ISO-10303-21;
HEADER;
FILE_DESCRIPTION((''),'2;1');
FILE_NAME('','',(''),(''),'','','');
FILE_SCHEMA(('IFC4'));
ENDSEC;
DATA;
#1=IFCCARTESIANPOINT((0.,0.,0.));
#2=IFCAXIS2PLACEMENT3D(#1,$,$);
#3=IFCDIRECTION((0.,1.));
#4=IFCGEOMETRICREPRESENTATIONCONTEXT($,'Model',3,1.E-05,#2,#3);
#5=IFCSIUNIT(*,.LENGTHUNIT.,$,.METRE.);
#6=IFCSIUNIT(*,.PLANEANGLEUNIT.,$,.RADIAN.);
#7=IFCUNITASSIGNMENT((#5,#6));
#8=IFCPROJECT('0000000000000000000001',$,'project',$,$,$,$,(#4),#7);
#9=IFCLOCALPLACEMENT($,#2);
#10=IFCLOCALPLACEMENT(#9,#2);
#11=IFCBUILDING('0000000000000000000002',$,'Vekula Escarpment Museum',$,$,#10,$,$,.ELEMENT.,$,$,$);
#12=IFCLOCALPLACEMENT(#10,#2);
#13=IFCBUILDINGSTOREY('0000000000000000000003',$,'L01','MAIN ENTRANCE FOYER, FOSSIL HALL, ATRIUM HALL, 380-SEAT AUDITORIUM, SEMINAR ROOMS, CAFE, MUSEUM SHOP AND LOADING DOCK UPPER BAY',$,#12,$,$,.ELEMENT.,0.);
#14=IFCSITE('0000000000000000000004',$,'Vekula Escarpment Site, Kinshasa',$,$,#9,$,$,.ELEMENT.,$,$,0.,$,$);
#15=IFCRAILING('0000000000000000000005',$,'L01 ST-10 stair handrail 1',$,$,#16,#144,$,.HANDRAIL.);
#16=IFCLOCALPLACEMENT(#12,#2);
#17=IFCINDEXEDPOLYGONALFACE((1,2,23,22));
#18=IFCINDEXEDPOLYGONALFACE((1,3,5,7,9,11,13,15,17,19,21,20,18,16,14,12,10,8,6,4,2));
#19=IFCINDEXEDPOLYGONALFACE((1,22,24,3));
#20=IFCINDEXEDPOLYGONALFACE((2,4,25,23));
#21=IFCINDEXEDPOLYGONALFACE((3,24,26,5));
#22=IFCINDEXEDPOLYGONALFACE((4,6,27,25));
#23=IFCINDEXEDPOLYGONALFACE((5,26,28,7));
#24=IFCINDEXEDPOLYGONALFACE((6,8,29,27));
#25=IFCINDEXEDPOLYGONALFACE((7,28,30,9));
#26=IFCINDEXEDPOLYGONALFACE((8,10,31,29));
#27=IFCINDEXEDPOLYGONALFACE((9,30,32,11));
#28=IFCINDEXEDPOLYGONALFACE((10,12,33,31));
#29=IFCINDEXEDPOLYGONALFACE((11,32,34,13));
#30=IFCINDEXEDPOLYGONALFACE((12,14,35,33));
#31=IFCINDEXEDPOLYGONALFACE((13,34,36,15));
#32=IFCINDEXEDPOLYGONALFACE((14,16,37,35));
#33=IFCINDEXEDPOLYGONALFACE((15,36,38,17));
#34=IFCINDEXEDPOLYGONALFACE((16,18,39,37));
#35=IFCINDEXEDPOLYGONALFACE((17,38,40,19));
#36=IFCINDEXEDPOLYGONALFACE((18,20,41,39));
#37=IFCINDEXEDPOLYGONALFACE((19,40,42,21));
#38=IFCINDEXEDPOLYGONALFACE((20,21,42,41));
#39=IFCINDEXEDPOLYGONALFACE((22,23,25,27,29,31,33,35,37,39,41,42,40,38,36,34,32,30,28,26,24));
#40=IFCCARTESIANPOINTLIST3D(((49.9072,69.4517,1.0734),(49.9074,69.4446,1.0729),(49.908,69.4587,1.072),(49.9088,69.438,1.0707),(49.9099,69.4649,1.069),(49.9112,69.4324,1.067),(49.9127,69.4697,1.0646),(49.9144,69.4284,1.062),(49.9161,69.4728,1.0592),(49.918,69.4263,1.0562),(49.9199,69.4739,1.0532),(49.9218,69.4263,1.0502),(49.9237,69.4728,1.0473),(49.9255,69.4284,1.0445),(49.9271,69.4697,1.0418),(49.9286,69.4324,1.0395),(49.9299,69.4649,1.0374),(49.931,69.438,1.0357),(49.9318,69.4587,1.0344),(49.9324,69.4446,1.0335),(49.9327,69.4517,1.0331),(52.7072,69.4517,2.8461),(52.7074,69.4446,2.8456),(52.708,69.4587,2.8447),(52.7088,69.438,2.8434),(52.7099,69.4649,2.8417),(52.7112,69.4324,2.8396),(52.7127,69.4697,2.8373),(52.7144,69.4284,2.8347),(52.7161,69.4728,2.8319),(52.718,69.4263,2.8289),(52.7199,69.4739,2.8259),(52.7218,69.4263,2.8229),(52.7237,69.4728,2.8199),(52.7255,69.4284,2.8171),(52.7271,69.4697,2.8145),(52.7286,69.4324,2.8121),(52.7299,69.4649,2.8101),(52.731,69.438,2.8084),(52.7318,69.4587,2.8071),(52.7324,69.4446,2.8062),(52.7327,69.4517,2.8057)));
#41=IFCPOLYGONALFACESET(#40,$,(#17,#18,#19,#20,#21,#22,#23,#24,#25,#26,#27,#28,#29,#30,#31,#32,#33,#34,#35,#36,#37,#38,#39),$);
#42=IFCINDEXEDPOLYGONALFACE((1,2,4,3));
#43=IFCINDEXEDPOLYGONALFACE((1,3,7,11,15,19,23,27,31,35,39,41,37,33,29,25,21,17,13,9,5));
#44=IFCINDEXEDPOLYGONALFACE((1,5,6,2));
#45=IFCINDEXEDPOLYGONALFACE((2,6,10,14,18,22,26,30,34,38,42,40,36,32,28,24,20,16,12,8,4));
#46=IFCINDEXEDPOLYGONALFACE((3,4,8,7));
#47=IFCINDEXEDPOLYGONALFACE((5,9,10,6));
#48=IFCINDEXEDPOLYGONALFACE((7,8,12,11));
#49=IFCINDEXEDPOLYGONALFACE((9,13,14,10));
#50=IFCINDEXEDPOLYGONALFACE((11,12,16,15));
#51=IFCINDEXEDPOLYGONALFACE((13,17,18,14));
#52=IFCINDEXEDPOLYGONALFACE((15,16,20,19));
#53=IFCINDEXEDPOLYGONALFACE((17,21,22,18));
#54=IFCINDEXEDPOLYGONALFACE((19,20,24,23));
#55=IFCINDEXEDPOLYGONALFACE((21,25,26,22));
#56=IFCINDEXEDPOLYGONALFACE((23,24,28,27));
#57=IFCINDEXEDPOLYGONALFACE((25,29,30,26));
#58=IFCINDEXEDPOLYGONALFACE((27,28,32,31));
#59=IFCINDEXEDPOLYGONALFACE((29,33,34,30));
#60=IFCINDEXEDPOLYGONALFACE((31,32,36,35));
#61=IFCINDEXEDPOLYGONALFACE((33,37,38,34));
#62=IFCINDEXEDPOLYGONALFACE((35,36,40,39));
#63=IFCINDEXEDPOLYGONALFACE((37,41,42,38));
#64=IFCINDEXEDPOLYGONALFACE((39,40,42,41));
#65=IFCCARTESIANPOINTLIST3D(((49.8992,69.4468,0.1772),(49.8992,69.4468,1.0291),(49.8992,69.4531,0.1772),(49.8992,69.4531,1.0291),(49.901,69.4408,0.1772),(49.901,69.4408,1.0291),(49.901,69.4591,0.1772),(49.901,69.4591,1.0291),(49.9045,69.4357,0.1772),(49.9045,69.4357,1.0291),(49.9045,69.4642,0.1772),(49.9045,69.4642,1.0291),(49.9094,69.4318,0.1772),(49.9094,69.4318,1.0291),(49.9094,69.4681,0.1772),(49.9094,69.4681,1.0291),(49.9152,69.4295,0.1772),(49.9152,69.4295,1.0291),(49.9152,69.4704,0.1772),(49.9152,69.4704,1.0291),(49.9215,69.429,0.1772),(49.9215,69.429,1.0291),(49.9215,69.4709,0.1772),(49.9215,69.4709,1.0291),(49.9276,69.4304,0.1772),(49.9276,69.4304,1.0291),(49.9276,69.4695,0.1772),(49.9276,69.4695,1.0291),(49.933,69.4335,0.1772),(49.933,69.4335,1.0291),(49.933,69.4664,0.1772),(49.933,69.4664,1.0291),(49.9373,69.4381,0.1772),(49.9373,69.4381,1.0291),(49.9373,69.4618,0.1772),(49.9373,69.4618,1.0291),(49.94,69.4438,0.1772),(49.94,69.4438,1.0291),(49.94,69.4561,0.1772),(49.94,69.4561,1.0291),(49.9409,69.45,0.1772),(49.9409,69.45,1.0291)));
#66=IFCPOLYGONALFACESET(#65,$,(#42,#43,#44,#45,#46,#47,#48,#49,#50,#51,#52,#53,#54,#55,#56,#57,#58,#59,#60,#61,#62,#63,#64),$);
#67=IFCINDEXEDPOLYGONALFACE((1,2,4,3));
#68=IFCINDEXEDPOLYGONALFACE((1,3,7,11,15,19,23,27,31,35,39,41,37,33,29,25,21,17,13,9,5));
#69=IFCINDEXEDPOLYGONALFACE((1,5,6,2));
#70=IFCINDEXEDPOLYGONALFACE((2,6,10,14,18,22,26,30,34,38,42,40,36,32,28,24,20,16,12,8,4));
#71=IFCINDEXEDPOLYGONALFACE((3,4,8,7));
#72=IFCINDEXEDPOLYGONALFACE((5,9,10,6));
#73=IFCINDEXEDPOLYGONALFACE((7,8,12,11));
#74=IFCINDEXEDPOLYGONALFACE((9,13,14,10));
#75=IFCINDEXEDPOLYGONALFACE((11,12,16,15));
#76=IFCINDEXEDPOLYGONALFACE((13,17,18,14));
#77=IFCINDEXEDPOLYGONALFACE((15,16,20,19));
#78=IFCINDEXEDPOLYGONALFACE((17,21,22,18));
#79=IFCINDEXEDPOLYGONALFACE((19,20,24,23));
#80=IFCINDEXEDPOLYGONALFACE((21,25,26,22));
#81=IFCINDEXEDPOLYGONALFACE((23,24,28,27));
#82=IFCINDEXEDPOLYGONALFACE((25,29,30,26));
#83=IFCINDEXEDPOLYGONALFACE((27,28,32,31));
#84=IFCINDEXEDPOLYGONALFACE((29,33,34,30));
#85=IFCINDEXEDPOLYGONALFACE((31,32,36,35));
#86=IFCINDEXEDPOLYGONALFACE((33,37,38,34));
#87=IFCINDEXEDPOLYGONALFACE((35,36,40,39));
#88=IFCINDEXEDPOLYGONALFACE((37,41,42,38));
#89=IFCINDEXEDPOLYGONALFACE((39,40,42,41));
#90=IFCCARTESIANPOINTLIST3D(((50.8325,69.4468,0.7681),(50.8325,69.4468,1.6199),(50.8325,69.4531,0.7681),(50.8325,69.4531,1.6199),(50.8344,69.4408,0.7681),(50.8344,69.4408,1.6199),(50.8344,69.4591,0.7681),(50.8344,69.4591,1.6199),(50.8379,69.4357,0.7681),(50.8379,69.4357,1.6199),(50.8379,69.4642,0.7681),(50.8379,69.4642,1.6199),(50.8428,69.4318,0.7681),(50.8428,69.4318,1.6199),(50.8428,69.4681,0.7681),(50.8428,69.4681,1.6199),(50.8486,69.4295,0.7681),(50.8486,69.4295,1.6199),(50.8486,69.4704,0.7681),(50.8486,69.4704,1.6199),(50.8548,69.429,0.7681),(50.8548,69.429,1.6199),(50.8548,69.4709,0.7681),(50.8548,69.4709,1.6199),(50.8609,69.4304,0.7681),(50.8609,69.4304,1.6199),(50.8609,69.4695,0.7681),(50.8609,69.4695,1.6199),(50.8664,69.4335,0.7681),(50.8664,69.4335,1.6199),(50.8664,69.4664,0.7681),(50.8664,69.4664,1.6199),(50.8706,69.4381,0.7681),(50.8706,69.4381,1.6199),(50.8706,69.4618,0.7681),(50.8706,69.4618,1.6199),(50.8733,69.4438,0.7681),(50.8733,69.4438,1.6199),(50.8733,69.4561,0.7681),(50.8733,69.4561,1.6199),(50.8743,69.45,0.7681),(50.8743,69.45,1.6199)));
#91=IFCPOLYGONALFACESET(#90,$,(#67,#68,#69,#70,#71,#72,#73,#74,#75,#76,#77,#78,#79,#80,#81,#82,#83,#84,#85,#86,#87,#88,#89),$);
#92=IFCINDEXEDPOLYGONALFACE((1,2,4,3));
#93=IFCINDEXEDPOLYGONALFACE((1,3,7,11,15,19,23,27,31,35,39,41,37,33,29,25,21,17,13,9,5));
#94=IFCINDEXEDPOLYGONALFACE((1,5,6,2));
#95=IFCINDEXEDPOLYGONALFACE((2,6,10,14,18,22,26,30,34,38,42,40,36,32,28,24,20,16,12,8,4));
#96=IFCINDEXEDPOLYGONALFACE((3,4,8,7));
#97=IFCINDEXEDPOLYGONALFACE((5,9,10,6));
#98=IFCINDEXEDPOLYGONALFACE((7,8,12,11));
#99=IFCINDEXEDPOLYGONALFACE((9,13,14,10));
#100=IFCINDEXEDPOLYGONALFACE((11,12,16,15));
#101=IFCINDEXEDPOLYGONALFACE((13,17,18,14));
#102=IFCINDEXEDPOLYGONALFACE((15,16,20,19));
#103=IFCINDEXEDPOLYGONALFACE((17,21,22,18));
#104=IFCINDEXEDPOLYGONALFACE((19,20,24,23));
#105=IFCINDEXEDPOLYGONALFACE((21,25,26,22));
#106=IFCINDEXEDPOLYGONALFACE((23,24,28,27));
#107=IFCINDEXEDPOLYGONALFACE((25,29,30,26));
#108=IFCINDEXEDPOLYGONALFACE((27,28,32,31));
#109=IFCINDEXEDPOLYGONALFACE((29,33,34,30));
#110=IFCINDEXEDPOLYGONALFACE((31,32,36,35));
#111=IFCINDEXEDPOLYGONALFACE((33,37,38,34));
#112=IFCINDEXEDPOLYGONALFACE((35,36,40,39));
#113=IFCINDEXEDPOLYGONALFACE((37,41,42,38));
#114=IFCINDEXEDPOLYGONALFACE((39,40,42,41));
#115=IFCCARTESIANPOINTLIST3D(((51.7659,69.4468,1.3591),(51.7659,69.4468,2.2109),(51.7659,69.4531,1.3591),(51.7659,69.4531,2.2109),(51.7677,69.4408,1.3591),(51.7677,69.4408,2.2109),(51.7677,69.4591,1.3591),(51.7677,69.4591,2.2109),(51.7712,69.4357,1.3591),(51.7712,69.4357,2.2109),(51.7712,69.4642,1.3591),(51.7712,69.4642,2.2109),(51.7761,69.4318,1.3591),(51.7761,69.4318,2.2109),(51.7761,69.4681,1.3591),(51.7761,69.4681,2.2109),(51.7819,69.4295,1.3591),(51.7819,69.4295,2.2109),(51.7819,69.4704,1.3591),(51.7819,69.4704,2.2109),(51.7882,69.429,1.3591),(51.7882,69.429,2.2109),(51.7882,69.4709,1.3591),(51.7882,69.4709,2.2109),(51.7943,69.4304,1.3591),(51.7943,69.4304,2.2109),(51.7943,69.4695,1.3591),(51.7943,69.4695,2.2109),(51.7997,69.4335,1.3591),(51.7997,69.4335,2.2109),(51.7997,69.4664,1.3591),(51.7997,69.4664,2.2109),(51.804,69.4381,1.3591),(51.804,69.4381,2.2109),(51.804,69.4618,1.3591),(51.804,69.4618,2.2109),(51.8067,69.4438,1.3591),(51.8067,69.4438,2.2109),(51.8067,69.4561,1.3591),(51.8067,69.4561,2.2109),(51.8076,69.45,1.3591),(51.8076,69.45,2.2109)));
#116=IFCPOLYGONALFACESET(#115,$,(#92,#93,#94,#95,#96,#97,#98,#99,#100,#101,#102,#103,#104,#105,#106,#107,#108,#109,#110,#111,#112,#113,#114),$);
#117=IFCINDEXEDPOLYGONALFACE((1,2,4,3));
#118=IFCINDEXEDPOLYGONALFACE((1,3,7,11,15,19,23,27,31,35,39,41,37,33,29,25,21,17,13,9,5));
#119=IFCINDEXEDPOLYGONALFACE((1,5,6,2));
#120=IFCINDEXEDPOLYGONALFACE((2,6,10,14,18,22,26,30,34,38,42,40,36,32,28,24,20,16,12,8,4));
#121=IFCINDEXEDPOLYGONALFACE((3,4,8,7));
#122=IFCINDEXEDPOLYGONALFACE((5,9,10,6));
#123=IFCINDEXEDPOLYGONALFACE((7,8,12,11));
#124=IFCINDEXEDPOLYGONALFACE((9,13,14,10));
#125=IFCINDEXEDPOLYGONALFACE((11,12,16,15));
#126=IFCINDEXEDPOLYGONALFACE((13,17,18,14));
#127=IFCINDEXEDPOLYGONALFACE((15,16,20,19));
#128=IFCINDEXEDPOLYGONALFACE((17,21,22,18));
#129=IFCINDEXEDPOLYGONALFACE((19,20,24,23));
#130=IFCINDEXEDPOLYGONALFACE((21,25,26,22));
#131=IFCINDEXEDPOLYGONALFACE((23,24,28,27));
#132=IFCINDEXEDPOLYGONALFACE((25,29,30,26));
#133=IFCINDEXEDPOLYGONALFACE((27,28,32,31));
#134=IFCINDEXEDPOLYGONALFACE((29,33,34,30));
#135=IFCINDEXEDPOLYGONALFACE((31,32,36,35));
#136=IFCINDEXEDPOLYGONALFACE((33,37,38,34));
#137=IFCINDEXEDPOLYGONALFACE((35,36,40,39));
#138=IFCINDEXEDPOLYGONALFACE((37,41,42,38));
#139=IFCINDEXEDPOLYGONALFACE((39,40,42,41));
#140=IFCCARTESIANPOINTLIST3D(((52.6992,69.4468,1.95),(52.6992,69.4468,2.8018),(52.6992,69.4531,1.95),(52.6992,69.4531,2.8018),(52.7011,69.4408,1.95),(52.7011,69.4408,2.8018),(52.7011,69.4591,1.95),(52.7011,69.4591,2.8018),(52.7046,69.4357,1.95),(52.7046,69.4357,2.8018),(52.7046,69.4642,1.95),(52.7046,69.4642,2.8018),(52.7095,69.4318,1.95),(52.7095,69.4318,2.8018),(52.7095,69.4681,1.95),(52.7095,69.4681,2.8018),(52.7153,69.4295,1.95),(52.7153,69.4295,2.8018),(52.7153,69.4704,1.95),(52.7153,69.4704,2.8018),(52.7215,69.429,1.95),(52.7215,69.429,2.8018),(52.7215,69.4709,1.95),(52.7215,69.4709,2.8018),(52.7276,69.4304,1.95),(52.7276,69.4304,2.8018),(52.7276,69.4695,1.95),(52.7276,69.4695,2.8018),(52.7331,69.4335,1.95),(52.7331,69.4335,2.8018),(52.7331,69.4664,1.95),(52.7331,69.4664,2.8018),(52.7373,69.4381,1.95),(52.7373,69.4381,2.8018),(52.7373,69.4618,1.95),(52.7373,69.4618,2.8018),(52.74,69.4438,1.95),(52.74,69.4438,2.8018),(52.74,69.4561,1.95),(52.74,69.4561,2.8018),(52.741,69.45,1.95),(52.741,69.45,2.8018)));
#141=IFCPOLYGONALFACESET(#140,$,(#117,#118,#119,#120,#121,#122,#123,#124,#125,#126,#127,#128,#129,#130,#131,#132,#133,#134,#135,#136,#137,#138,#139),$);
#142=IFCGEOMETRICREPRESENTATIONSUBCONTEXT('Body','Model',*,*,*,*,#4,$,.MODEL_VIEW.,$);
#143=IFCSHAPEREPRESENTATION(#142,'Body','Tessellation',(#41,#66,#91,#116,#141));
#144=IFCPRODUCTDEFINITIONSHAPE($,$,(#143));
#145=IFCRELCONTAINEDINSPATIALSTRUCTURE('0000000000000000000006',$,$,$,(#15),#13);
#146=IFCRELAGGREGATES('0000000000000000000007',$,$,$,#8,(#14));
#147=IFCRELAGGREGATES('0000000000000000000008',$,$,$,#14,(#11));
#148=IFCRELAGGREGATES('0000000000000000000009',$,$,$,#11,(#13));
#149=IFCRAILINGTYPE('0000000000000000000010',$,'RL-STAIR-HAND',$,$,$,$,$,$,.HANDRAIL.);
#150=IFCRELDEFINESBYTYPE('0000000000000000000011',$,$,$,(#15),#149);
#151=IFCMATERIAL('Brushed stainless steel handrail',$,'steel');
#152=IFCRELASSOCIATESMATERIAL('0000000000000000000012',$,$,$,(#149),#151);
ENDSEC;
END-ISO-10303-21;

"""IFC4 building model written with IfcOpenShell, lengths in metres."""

from ifc_helpers import new_model, si_unit, direction, frame, origin, origin_2d, place, context, subcontext, project, spatial, circle, extrude, material, type_object, element, save


model = new_model("IFC4")

# Units and contexts
model_context = context("Model", 3, precision=1e-05, world=origin(), true_north=direction((0.0, 1.0)))
body_context = subcontext(model_context, "Body", "Model", "MODEL_VIEW")
ifc_project = project(units=[si_unit("LENGTHUNIT", "METRE"), si_unit("PLANEANGLEUNIT", "RADIAN")], contexts=[model_context])

# Site, building, storey
site_placement = place(None, origin())
site = spatial("IfcSite", under=ifc_project, at=site_placement, Name="Vekula Escarpment Site, Kinshasa", CompositionType="ELEMENT", RefElevation=0.0)
building_placement = place(site_placement, origin())
building = spatial("IfcBuilding", under=site, at=building_placement, Name="Vekula Escarpment Museum", CompositionType="ELEMENT")
storey_placement = place(building_placement, origin())
storey = spatial("IfcBuildingStorey", under=building, at=storey_placement, Name="L01", Description="MAIN ENTRANCE FOYER, FOSSIL HALL, ATRIUM HALL, 380-SEAT AUDITORIUM, SEMINAR ROOMS, CAFE, MUSEUM SHOP AND LOADING DOCK UPPER BAY", CompositionType="ELEMENT", Elevation=0.0)

# Railing
ifc_material_1 = material(Name="Brushed stainless steel handrail", Category="steel")
railing_type_1 = type_object("IfcRailingType", Name="RL-STAIR-HAND", PredefinedType="HANDRAIL", material=ifc_material_1)
for number, where, name in (
    (1, (49.9199, 69.45, 0.1772), "L01 ST-10 stair handrail 1"),
):
    element("IfcRailing", number, at=place(storey_placement, frame(where)), inside=storey, type_object=railing_type_1, Name=name, PredefinedType="HANDRAIL", context=body_context, shape_type="SweptSolid", body=[
        extrude(circle(Radius=0.0239, at=origin_2d()), frame((0.0, 0.0, 0.876), z_axis=(0.844909, 0.0, 0.53491), x_axis=(0.0, 1.0, 0.0)), (0.0, 0.0, 1.0), 3.314),
        extrude(circle(Radius=0.021, at=origin_2d()), origin(), (0.0, 0.0, 1.0), 0.8518),
        extrude(circle(Radius=0.021, at=origin_2d()), frame((0.9333, 0.0, 0.5908)), (0.0, 0.0, 1.0), 0.8518),
        extrude(circle(Radius=0.021, at=origin_2d()), frame((1.8667, 0.0, 1.1819)), (0.0, 0.0, 1.0), 0.8518),
        extrude(circle(Radius=0.021, at=origin_2d()), frame((2.8, 0.0, 1.7727)), (0.0, 0.0, 1.0), 0.8518),
    ])

save(model, "model.ifc")
